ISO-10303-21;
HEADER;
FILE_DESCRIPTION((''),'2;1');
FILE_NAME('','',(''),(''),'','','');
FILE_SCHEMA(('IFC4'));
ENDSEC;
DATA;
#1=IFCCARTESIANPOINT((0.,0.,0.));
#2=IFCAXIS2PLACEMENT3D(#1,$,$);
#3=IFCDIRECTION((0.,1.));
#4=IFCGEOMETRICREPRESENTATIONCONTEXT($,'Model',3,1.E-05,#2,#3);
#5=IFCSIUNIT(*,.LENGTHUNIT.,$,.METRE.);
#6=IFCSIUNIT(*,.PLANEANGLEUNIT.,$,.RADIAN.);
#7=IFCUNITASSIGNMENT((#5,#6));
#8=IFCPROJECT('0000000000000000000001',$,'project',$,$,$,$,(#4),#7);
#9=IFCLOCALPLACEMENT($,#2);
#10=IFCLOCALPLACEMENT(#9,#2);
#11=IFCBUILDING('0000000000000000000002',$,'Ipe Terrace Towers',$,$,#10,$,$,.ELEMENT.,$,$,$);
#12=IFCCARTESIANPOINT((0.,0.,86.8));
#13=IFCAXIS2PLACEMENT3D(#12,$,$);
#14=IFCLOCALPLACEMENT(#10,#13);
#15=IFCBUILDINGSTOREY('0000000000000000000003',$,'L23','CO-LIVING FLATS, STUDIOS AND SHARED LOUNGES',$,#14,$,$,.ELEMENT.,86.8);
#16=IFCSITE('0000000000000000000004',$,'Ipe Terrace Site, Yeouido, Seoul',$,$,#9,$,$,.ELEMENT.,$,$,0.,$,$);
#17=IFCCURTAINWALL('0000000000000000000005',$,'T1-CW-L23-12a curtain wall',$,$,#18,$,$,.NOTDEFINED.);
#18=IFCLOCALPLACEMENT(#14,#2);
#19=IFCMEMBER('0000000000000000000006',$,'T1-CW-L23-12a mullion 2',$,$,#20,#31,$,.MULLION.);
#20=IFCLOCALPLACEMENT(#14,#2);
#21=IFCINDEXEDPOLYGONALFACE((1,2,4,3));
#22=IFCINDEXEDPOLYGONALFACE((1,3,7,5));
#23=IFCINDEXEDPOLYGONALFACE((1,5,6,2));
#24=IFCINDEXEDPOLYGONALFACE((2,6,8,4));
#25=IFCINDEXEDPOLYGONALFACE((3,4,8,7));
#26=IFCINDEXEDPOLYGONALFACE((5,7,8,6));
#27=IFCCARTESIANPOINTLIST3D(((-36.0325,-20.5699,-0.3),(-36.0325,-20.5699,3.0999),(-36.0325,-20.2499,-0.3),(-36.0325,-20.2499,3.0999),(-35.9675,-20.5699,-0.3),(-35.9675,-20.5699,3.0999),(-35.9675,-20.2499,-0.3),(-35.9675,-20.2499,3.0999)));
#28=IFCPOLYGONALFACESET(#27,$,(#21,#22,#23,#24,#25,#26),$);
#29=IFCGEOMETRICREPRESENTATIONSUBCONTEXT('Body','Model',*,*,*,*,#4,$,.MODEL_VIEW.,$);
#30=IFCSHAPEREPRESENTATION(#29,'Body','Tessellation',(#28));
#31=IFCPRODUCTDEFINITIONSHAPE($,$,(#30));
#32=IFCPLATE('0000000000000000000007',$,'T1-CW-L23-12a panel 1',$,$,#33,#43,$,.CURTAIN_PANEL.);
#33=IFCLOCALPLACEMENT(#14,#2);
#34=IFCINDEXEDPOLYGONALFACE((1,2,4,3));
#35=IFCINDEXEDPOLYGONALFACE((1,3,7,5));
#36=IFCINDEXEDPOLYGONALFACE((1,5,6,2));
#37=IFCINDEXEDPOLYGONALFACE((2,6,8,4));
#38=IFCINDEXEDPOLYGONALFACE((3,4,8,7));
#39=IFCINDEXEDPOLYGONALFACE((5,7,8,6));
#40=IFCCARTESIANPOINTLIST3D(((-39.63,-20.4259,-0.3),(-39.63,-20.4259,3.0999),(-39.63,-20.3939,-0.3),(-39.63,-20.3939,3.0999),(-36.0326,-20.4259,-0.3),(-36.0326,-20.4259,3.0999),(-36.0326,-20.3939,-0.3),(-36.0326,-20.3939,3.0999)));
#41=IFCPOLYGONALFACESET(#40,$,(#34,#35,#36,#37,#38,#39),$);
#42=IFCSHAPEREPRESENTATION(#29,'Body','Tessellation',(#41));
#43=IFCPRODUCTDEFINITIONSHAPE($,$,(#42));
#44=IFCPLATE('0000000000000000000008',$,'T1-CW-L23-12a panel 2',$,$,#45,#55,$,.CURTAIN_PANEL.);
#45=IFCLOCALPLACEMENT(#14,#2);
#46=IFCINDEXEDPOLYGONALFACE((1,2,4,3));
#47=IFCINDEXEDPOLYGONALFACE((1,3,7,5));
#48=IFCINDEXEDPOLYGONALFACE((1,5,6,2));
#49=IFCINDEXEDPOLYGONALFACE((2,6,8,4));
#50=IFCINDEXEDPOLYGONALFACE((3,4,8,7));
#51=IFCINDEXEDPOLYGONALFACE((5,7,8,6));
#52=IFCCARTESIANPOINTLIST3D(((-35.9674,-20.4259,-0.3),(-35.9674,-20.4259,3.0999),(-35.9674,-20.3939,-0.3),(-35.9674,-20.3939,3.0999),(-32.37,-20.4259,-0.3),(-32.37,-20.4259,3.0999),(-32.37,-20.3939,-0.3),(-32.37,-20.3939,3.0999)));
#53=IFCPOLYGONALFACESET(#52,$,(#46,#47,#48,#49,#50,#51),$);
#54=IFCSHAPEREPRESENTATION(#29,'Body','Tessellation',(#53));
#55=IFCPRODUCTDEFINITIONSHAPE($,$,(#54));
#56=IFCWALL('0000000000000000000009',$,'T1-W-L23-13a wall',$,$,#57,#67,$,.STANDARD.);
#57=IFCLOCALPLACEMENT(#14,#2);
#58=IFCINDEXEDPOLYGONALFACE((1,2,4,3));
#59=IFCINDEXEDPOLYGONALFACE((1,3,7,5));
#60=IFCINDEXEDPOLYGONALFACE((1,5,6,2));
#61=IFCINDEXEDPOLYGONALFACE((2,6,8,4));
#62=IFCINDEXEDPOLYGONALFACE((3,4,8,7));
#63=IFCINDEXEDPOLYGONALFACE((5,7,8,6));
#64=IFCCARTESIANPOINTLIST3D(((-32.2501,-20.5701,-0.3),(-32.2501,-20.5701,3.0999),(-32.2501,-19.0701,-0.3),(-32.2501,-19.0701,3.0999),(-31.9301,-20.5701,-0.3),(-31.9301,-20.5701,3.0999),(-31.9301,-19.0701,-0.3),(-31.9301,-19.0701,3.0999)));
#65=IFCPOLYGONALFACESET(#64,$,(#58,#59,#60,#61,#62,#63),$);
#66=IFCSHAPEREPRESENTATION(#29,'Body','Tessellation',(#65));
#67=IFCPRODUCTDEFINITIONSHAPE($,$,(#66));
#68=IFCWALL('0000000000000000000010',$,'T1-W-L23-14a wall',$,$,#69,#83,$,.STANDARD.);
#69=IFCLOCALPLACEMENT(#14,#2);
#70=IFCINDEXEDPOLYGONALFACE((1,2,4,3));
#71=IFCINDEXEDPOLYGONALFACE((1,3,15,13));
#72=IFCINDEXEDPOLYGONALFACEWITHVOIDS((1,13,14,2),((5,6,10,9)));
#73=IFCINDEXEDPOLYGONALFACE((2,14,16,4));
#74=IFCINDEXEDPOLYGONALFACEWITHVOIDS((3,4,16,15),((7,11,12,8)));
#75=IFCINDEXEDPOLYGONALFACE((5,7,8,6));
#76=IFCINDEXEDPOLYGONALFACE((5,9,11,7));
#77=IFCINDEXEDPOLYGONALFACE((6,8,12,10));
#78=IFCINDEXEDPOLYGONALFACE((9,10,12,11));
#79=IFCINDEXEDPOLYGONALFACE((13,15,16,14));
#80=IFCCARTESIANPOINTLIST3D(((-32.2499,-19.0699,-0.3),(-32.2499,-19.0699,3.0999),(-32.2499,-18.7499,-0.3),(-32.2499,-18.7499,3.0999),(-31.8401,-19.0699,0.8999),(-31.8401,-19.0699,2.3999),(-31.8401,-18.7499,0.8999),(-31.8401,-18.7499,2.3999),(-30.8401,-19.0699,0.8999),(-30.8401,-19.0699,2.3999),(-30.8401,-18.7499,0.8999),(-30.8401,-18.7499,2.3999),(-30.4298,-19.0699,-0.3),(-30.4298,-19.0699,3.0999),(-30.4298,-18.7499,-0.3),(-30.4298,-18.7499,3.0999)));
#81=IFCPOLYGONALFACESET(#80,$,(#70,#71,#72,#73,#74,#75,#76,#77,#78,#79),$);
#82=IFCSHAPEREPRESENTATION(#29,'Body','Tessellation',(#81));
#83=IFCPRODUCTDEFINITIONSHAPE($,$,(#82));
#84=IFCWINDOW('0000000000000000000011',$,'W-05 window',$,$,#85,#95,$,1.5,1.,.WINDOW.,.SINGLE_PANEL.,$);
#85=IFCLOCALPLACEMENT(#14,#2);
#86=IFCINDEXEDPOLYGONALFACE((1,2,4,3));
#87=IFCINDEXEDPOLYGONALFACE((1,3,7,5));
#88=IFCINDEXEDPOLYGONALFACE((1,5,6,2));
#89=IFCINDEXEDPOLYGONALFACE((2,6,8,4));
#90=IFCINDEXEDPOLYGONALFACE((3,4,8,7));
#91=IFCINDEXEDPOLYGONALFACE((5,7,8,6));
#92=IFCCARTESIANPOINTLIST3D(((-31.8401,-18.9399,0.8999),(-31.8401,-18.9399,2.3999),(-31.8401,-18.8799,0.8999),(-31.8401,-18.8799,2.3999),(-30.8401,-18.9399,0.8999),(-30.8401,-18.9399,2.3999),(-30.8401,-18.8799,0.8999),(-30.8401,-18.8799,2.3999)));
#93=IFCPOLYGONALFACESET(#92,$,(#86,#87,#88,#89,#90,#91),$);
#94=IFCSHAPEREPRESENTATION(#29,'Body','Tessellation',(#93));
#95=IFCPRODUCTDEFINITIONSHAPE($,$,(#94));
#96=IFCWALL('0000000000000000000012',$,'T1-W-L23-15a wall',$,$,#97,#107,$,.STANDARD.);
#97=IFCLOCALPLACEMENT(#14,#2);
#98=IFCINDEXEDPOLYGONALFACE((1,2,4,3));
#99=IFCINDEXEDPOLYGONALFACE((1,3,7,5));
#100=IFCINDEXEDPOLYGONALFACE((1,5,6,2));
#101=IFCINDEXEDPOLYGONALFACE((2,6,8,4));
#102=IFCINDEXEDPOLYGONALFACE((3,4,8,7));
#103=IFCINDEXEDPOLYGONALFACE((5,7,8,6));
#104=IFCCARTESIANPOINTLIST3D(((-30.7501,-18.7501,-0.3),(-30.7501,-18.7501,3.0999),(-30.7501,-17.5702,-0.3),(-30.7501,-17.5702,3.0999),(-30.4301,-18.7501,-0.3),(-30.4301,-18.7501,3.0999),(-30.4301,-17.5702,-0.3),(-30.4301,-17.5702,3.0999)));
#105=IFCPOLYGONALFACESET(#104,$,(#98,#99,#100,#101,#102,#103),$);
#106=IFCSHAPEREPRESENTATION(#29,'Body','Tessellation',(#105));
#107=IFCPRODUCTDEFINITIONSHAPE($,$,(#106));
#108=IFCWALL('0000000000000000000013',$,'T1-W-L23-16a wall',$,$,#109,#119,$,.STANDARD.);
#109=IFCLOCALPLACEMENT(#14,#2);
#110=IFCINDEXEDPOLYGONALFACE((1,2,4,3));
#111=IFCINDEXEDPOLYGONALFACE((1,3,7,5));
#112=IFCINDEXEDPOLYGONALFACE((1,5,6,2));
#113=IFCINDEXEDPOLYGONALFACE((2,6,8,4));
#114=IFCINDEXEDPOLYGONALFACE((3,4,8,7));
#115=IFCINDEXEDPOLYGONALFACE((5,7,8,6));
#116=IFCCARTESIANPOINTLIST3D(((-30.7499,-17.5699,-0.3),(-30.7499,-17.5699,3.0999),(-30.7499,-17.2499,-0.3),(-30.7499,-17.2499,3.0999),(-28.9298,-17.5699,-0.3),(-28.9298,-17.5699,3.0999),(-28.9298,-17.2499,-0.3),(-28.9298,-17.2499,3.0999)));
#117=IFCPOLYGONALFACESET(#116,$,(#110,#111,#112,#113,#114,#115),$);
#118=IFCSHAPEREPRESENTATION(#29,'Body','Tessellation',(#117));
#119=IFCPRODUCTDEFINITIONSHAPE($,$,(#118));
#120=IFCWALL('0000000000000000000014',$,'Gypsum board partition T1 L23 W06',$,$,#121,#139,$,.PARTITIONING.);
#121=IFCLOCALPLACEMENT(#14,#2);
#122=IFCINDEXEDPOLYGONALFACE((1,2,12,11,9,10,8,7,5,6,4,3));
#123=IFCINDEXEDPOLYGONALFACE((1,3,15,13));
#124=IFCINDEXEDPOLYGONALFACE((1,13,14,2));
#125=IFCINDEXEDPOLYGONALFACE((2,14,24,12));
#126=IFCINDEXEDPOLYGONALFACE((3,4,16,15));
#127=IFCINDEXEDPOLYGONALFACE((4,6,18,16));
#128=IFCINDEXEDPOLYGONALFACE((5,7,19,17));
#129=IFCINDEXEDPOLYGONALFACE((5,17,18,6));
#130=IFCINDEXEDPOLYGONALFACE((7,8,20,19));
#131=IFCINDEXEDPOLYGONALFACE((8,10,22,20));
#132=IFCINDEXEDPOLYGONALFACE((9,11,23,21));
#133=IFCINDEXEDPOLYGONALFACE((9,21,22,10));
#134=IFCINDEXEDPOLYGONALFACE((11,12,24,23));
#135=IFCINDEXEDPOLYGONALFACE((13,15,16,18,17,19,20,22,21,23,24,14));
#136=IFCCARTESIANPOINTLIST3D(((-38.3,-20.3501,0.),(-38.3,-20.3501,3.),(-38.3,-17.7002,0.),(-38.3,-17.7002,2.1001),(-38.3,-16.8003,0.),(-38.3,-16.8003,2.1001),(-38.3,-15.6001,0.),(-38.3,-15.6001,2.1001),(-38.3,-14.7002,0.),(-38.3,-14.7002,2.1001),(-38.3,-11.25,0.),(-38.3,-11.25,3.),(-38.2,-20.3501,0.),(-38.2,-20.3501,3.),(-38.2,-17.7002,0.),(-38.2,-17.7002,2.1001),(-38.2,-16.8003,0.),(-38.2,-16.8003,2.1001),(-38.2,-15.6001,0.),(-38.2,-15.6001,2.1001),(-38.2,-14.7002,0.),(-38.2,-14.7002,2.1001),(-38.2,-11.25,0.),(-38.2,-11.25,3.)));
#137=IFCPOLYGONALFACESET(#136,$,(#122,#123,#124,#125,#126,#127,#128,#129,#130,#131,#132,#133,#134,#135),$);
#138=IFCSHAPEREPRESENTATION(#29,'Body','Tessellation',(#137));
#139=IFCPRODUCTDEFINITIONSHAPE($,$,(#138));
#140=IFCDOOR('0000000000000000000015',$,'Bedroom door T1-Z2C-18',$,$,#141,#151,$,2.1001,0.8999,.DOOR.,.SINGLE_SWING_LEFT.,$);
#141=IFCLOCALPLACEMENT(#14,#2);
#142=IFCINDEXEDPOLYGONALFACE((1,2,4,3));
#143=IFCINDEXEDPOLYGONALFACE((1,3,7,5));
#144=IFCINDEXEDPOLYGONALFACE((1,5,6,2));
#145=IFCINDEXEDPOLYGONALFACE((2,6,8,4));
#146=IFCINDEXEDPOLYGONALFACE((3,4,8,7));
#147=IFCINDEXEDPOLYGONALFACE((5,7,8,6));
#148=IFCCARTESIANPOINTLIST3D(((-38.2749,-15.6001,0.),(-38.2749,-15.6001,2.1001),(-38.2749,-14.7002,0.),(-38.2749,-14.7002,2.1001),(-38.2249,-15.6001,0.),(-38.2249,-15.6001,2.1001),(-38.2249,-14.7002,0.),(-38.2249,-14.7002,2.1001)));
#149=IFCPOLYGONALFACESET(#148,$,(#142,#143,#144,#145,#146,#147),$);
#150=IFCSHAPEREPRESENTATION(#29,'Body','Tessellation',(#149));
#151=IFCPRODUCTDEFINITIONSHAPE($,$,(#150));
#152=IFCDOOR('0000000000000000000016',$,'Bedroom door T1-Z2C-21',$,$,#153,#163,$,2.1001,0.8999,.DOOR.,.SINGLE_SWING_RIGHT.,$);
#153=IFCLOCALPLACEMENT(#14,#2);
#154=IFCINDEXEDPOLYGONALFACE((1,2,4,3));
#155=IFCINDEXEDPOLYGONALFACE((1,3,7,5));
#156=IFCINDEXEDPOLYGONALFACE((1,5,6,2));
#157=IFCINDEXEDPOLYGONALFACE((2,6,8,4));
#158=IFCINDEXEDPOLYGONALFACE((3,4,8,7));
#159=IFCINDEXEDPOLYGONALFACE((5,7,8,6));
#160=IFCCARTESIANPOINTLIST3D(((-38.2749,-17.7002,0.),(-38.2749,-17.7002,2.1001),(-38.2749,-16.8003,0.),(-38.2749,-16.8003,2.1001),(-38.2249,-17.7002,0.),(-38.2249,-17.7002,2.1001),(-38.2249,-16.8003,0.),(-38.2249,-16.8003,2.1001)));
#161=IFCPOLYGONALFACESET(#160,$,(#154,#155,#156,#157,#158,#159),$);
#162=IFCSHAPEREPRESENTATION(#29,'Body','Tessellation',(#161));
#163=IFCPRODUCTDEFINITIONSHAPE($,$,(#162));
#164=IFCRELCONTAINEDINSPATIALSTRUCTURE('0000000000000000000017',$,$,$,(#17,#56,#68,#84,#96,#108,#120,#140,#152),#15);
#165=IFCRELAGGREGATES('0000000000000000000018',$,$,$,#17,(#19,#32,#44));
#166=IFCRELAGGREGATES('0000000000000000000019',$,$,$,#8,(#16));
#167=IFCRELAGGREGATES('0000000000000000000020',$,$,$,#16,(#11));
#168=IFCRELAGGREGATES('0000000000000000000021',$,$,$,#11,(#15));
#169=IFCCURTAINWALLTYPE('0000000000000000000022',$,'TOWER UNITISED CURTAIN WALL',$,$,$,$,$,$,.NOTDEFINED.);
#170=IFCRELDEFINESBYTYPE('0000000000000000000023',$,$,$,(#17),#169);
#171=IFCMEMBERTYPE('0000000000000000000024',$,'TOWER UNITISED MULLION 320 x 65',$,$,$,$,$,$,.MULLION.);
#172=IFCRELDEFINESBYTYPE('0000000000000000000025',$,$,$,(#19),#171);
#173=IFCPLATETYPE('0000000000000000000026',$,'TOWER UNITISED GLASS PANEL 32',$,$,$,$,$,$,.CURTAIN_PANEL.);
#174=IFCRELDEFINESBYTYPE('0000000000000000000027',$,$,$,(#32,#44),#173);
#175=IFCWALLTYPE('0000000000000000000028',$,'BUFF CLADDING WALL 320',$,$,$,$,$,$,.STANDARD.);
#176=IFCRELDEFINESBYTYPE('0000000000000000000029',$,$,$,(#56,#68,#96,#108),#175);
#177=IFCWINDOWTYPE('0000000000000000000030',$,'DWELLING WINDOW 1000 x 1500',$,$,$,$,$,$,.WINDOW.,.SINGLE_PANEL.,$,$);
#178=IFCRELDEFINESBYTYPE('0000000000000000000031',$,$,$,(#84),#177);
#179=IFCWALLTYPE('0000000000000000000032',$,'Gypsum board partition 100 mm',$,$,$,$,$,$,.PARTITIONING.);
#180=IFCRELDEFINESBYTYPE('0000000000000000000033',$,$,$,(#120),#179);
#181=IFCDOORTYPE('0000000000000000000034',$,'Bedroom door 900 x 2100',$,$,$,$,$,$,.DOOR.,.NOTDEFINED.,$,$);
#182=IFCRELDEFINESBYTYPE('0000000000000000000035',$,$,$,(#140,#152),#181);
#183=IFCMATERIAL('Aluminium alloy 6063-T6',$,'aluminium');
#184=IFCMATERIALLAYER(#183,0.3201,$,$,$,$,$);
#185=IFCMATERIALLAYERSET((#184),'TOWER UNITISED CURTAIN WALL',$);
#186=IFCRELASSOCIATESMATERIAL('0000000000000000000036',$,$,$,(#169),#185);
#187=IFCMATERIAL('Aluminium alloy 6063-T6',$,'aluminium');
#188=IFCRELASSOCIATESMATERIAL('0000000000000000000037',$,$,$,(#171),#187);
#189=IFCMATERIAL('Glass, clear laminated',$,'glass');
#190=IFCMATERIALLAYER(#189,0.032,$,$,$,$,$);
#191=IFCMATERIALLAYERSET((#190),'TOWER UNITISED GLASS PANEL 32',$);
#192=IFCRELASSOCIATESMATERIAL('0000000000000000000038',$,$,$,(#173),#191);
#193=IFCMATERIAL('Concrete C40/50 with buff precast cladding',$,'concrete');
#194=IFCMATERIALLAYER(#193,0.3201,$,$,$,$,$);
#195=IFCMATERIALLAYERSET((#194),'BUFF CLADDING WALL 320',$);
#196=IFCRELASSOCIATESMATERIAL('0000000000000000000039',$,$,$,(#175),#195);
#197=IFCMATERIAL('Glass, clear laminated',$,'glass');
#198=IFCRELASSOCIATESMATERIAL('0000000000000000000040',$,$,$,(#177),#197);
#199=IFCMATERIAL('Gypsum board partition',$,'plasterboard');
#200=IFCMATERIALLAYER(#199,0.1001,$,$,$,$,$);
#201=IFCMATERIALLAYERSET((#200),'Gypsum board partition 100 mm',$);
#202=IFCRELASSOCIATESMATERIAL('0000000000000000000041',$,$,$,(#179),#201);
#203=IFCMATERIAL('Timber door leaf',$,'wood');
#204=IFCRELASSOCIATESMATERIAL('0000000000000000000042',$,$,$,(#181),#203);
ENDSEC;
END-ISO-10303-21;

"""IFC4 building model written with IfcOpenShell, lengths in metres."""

from ifc_helpers import new_model, si_unit, direction, frame, frame_2d, origin, origin_2d, place, context, subcontext, project, spatial, rectangle, extrude, material, layer, layer_set, material_profile, profile_set, type_object, element, fill, aggregate, save


model = new_model("IFC4")

# Units and contexts
model_context = context("Model", 3, precision=1e-05, world=origin(), true_north=direction((0.0, 1.0)))
body_context = subcontext(model_context, "Body", "Model", "MODEL_VIEW")
ifc_project = project(units=[si_unit("LENGTHUNIT", "METRE"), si_unit("PLANEANGLEUNIT", "RADIAN")], contexts=[model_context])

# Site, building, storey
site_placement = place(None, origin())
site = spatial("IfcSite", under=ifc_project, at=site_placement, Name="Ipe Terrace Site, Yeouido, Seoul", CompositionType="ELEMENT", RefElevation=0.0)
building_placement = place(site_placement, origin())
building = spatial("IfcBuilding", under=site, at=building_placement, Name="Ipe Terrace Towers", CompositionType="ELEMENT")
storey_placement = place(building_placement, frame((0.0, 0.0, 86.8)))
storey = spatial("IfcBuildingStorey", under=building, at=storey_placement, Name="L23", Description="CO-LIVING FLATS, STUDIOS AND SHARED LOUNGES", CompositionType="ELEMENT", Elevation=86.8)

# Curtain wall
ifc_material_1 = material(Name="Aluminium alloy 6063-T6", Category="aluminium")
ifc_layer_1 = layer(ifc_material_1, 0.3201)
ifc_layer_set_1 = layer_set([ifc_layer_1], Name="TOWER UNITISED CURTAIN WALL")
curtain_wall_type = type_object("IfcCurtainWallType", Name="TOWER UNITISED CURTAIN WALL", PredefinedType="NOTDEFINED", material=ifc_layer_set_1)
curtain_wall_1_placement = place(storey_placement, origin())
curtain_wall_1 = element("IfcCurtainWall", 1, at=curtain_wall_1_placement, inside=storey, type_object=curtain_wall_type, Name="T1-CW-L23-12a curtain wall", PredefinedType="NOTDEFINED")

# Member
ifc_material_2 = material(Name="Aluminium alloy 6063-T6", Category="aluminium")
ifc_material_profile_1 = material_profile(ifc_material_2, rectangle(XDim=0.3201, YDim=0.0649, at=origin_2d()), Name="TOWER UNITISED MULLION 320 x 65")
ifc_profile_set_1 = profile_set([ifc_material_profile_1], Name="Aluminium alloy 6063-T6")
member_type_1 = type_object("IfcMemberType", Name="TOWER UNITISED MULLION 320 x 65", PredefinedType="MULLION", material=ifc_profile_set_1)
member_1_placement = place(storey_placement, frame((-36.0, -20.4099, -0.3), z_axis=(0.0, 0.0, 1.0), x_axis=(0.0, -1.0, 0.0)))
member_1 = element("IfcMember", 2, at=member_1_placement, type_object=member_type_1, Name="T1-CW-L23-12a mullion 2", PredefinedType="MULLION", context=body_context, shape_type="SweptSolid", body=[
    extrude(rectangle(XDim=0.3201, YDim=0.0649, at=origin_2d()), origin(), (0.0, 0.0, 1.0), 3.3999),
])

# Plates
ifc_material_3 = material(Name="Glass, clear laminated", Category="glass")
ifc_layer_2 = layer(ifc_material_3, 0.032)
ifc_layer_set_2 = layer_set([ifc_layer_2], Name="TOWER UNITISED GLASS PANEL 32")
plate_type = type_object("IfcPlateType", Name="TOWER UNITISED GLASS PANEL 32", PredefinedType="CURTAIN_PANEL", material=ifc_layer_set_2)
plate_1_placement = place(storey_placement, frame((-37.8313, -20.4099, -0.3), z_axis=(0.0, 0.0, 1.0), x_axis=(1.0, 0.0, 0.0)))
plate_1 = element("IfcPlate", 3, at=plate_1_placement, type_object=plate_type, Name="T1-CW-L23-12a panel 1", PredefinedType="CURTAIN_PANEL", context=body_context, shape_type="SweptSolid", body=[
    extrude(rectangle(XDim=3.5974, YDim=0.032, at=origin_2d()), origin(), (0.0, 0.0, 1.0), 3.3999),
])
plate_2_placement = place(storey_placement, frame((-34.1687, -20.4099, -0.3), z_axis=(0.0, 0.0, 1.0), x_axis=(1.0, 0.0, 0.0)))
plate_2 = element("IfcPlate", 4, at=plate_2_placement, type_object=plate_type, Name="T1-CW-L23-12a panel 2", PredefinedType="CURTAIN_PANEL", context=body_context, shape_type="SweptSolid", body=[
    extrude(rectangle(XDim=3.5974, YDim=0.032, at=origin_2d()), origin(), (0.0, 0.0, 1.0), 3.3999),
])
aggregate(curtain_wall_1, [member_1, plate_1, plate_2])

# Wall
ifc_material_4 = material(Name="Concrete C40/50 with buff precast cladding", Category="concrete")
ifc_layer_3 = layer(ifc_material_4, 0.3201)
ifc_layer_set_3 = layer_set([ifc_layer_3], Name="BUFF CLADDING WALL 320")
wall_type_1 = type_object("IfcWallType", Name="BUFF CLADDING WALL 320", PredefinedType="STANDARD", material=ifc_layer_set_3)
wall_1_placement = place(storey_placement, frame((-32.0901, -20.5701, -0.3), z_axis=(0.0, 0.0, 1.0), x_axis=(0.0, 1.0, 0.0)))
element("IfcWall", 5, at=wall_1_placement, inside=storey, type_object=wall_type_1, Name="T1-W-L23-13a wall", PredefinedType="STANDARD", context=body_context, shape_type="SweptSolid", body=[
    extrude(rectangle(XDim=1.5, YDim=0.3201, at=frame_2d((0.75, 0.0))), origin(), (0.0, 0.0, 1.0), 3.3999),
])

# Wall, opening, window
wall_2_placement = place(storey_placement, frame((-32.25, -18.9099, -0.3), z_axis=(0.0, 0.0, 1.0), x_axis=(1.0, 0.0, 0.0)))
wall_2 = element("IfcWall", 6, at=wall_2_placement, inside=storey, type_object=wall_type_1, Name="T1-W-L23-14a wall", PredefinedType="STANDARD", context=body_context, shape_type="SweptSolid", body=[
    extrude(rectangle(XDim=1.8201, YDim=0.3201, at=frame_2d((0.9102, 0.0))), origin(), (0.0, 0.0, 1.0), 3.3999),
])
opening_1_placement = place(wall_2_placement, frame((0.4099, 0.0, 1.2)))
opening_1 = element("IfcOpeningElement", 7, at=opening_1_placement, cuts=wall_2, PredefinedType="OPENING", context=body_context, shape_type="SweptSolid", body=[
    extrude(rectangle(XDim=1.0, YDim=1.5, at=frame_2d((0.5, 0.75))), frame((0.0, 0.1699, 0.0), z_axis=(0.0, -1.0, 0.0), x_axis=(1.0, 0.0, 0.0)), (0.0, 0.0, 1.0), 0.3401),
])
ifc_material_5 = material(Name="Glass, clear laminated", Category="glass")
window_type = type_object("IfcWindowType", Name="DWELLING WINDOW 1000 x 1500", PartitioningType="SINGLE_PANEL", PredefinedType="WINDOW", material=ifc_material_5)
window_placement = place(opening_1_placement, origin())
window = element("IfcWindow", 8, at=window_placement, inside=storey, type_object=window_type, Name="W-05 window", OverallHeight=1.5, OverallWidth=1.0, PartitioningType="SINGLE_PANEL", PredefinedType="WINDOW", context=body_context, shape_type="SweptSolid", body=[
    extrude(rectangle(XDim=1.0, YDim=1.5, at=frame_2d((0.5, 0.75))), frame((0.0, 0.03, 0.0), z_axis=(0.0, -1.0, 0.0), x_axis=(1.0, 0.0, 0.0)), (0.0, 0.0, 1.0), 0.0601),
])
fill(opening_1, window)

# Walls
wall_3_placement = place(storey_placement, frame((-30.5901, -18.75, -0.3), z_axis=(0.0, 0.0, 1.0), x_axis=(0.0, 1.0, 0.0)))
element("IfcWall", 9, at=wall_3_placement, inside=storey, type_object=wall_type_1, Name="T1-W-L23-15a wall", PredefinedType="STANDARD", context=body_context, shape_type="SweptSolid", body=[
    extrude(rectangle(XDim=1.1799, YDim=0.3201, at=frame_2d((0.5898, 0.0))), origin(), (0.0, 0.0, 1.0), 3.3999),
])
wall_4_placement = place(storey_placement, frame((-30.75, -17.4099, -0.3), z_axis=(0.0, 0.0, 1.0), x_axis=(1.0, 0.0, 0.0)))
element("IfcWall", 10, at=wall_4_placement, inside=storey, type_object=wall_type_1, Name="T1-W-L23-16a wall", PredefinedType="STANDARD", context=body_context, shape_type="SweptSolid", body=[
    extrude(rectangle(XDim=1.8201, YDim=0.3201, at=frame_2d((0.9102, 0.0))), origin(), (0.0, 0.0, 1.0), 3.3999),
])

# Wall, openings, doors
ifc_material_6 = material(Name="Gypsum board partition", Category="plasterboard")
ifc_layer_4 = layer(ifc_material_6, 0.1001)
ifc_layer_set_4 = layer_set([ifc_layer_4], Name="Gypsum board partition 100 mm")
wall_type_2 = type_object("IfcWallType", Name="Gypsum board partition 100 mm", PredefinedType="PARTITIONING", material=ifc_layer_set_4)
wall_5_placement = place(storey_placement, frame((-38.25, -20.3501, 0.0), z_axis=(0.0, 0.0, 1.0), x_axis=(0.0, 1.0, 0.0)))
wall_5 = element("IfcWall", 11, at=wall_5_placement, inside=storey, type_object=wall_type_2, Name="Gypsum board partition T1 L23 W06", PredefinedType="PARTITIONING", context=body_context, shape_type="SweptSolid", body=[
    extrude(rectangle(XDim=9.1001, YDim=0.1001, at=frame_2d((4.55, 0.0))), origin(), (0.0, 0.0, 1.0), 3.0),
])
opening_2_placement = place(wall_5_placement, frame((4.75, 0.0, 0.0)))
opening_2 = element("IfcOpeningElement", 12, at=opening_2_placement, cuts=wall_5, PredefinedType="OPENING", context=body_context, shape_type="SweptSolid", body=[
    extrude(rectangle(XDim=0.8999, YDim=2.1001, at=frame_2d((0.45, 1.05))), frame((0.0, 0.0601, 0.0), z_axis=(0.0, -1.0, 0.0), x_axis=(1.0, 0.0, 0.0)), (0.0, 0.0, 1.0), 0.1201),
])
opening_3_placement = place(wall_5_placement, frame((2.6499, 0.0, 0.0)))
opening_3 = element("IfcOpeningElement", 13, at=opening_3_placement, cuts=wall_5, PredefinedType="OPENING", context=body_context, shape_type="SweptSolid", body=[
    extrude(rectangle(XDim=0.8999, YDim=2.1001, at=frame_2d((0.45, 1.05))), frame((0.0, 0.0601, 0.0), z_axis=(0.0, -1.0, 0.0), x_axis=(1.0, 0.0, 0.0)), (0.0, 0.0, 1.0), 0.1201),
])
ifc_material_7 = material(Name="Timber door leaf", Category="wood")
door_type = type_object("IfcDoorType", Name="Bedroom door 900 x 2100", OperationType="NOTDEFINED", PredefinedType="DOOR", material=ifc_material_7)
door_1_placement = place(opening_2_placement, origin())
door_1 = element("IfcDoor", 14, at=door_1_placement, inside=storey, type_object=door_type, Name="Bedroom door T1-Z2C-18", OperationType="SINGLE_SWING_LEFT", OverallHeight=2.1001, OverallWidth=0.8999, PredefinedType="DOOR", context=body_context, shape_type="SweptSolid", body=[
    extrude(rectangle(XDim=0.8999, YDim=2.1001, at=frame_2d((0.45, 1.05))), frame((0.0, 0.0249, 0.0), z_axis=(0.0, -1.0, 0.0), x_axis=(1.0, 0.0, 0.0)), (0.0, 0.0, 1.0), 0.05),
])
fill(opening_2, door_1)
door_2_placement = place(opening_3_placement, origin())
door_2 = element("IfcDoor", 15, at=door_2_placement, inside=storey, type_object=door_type, Name="Bedroom door T1-Z2C-21", OperationType="SINGLE_SWING_RIGHT", OverallHeight=2.1001, OverallWidth=0.8999, PredefinedType="DOOR", context=body_context, shape_type="SweptSolid", body=[
    extrude(rectangle(XDim=0.8999, YDim=2.1001, at=frame_2d((0.45, 1.05))), frame((0.0, 0.0249, 0.0), z_axis=(0.0, -1.0, 0.0), x_axis=(1.0, 0.0, 0.0)), (0.0, 0.0, 1.0), 0.05),
])
fill(opening_3, door_2)

save(model, "model.ifc")
